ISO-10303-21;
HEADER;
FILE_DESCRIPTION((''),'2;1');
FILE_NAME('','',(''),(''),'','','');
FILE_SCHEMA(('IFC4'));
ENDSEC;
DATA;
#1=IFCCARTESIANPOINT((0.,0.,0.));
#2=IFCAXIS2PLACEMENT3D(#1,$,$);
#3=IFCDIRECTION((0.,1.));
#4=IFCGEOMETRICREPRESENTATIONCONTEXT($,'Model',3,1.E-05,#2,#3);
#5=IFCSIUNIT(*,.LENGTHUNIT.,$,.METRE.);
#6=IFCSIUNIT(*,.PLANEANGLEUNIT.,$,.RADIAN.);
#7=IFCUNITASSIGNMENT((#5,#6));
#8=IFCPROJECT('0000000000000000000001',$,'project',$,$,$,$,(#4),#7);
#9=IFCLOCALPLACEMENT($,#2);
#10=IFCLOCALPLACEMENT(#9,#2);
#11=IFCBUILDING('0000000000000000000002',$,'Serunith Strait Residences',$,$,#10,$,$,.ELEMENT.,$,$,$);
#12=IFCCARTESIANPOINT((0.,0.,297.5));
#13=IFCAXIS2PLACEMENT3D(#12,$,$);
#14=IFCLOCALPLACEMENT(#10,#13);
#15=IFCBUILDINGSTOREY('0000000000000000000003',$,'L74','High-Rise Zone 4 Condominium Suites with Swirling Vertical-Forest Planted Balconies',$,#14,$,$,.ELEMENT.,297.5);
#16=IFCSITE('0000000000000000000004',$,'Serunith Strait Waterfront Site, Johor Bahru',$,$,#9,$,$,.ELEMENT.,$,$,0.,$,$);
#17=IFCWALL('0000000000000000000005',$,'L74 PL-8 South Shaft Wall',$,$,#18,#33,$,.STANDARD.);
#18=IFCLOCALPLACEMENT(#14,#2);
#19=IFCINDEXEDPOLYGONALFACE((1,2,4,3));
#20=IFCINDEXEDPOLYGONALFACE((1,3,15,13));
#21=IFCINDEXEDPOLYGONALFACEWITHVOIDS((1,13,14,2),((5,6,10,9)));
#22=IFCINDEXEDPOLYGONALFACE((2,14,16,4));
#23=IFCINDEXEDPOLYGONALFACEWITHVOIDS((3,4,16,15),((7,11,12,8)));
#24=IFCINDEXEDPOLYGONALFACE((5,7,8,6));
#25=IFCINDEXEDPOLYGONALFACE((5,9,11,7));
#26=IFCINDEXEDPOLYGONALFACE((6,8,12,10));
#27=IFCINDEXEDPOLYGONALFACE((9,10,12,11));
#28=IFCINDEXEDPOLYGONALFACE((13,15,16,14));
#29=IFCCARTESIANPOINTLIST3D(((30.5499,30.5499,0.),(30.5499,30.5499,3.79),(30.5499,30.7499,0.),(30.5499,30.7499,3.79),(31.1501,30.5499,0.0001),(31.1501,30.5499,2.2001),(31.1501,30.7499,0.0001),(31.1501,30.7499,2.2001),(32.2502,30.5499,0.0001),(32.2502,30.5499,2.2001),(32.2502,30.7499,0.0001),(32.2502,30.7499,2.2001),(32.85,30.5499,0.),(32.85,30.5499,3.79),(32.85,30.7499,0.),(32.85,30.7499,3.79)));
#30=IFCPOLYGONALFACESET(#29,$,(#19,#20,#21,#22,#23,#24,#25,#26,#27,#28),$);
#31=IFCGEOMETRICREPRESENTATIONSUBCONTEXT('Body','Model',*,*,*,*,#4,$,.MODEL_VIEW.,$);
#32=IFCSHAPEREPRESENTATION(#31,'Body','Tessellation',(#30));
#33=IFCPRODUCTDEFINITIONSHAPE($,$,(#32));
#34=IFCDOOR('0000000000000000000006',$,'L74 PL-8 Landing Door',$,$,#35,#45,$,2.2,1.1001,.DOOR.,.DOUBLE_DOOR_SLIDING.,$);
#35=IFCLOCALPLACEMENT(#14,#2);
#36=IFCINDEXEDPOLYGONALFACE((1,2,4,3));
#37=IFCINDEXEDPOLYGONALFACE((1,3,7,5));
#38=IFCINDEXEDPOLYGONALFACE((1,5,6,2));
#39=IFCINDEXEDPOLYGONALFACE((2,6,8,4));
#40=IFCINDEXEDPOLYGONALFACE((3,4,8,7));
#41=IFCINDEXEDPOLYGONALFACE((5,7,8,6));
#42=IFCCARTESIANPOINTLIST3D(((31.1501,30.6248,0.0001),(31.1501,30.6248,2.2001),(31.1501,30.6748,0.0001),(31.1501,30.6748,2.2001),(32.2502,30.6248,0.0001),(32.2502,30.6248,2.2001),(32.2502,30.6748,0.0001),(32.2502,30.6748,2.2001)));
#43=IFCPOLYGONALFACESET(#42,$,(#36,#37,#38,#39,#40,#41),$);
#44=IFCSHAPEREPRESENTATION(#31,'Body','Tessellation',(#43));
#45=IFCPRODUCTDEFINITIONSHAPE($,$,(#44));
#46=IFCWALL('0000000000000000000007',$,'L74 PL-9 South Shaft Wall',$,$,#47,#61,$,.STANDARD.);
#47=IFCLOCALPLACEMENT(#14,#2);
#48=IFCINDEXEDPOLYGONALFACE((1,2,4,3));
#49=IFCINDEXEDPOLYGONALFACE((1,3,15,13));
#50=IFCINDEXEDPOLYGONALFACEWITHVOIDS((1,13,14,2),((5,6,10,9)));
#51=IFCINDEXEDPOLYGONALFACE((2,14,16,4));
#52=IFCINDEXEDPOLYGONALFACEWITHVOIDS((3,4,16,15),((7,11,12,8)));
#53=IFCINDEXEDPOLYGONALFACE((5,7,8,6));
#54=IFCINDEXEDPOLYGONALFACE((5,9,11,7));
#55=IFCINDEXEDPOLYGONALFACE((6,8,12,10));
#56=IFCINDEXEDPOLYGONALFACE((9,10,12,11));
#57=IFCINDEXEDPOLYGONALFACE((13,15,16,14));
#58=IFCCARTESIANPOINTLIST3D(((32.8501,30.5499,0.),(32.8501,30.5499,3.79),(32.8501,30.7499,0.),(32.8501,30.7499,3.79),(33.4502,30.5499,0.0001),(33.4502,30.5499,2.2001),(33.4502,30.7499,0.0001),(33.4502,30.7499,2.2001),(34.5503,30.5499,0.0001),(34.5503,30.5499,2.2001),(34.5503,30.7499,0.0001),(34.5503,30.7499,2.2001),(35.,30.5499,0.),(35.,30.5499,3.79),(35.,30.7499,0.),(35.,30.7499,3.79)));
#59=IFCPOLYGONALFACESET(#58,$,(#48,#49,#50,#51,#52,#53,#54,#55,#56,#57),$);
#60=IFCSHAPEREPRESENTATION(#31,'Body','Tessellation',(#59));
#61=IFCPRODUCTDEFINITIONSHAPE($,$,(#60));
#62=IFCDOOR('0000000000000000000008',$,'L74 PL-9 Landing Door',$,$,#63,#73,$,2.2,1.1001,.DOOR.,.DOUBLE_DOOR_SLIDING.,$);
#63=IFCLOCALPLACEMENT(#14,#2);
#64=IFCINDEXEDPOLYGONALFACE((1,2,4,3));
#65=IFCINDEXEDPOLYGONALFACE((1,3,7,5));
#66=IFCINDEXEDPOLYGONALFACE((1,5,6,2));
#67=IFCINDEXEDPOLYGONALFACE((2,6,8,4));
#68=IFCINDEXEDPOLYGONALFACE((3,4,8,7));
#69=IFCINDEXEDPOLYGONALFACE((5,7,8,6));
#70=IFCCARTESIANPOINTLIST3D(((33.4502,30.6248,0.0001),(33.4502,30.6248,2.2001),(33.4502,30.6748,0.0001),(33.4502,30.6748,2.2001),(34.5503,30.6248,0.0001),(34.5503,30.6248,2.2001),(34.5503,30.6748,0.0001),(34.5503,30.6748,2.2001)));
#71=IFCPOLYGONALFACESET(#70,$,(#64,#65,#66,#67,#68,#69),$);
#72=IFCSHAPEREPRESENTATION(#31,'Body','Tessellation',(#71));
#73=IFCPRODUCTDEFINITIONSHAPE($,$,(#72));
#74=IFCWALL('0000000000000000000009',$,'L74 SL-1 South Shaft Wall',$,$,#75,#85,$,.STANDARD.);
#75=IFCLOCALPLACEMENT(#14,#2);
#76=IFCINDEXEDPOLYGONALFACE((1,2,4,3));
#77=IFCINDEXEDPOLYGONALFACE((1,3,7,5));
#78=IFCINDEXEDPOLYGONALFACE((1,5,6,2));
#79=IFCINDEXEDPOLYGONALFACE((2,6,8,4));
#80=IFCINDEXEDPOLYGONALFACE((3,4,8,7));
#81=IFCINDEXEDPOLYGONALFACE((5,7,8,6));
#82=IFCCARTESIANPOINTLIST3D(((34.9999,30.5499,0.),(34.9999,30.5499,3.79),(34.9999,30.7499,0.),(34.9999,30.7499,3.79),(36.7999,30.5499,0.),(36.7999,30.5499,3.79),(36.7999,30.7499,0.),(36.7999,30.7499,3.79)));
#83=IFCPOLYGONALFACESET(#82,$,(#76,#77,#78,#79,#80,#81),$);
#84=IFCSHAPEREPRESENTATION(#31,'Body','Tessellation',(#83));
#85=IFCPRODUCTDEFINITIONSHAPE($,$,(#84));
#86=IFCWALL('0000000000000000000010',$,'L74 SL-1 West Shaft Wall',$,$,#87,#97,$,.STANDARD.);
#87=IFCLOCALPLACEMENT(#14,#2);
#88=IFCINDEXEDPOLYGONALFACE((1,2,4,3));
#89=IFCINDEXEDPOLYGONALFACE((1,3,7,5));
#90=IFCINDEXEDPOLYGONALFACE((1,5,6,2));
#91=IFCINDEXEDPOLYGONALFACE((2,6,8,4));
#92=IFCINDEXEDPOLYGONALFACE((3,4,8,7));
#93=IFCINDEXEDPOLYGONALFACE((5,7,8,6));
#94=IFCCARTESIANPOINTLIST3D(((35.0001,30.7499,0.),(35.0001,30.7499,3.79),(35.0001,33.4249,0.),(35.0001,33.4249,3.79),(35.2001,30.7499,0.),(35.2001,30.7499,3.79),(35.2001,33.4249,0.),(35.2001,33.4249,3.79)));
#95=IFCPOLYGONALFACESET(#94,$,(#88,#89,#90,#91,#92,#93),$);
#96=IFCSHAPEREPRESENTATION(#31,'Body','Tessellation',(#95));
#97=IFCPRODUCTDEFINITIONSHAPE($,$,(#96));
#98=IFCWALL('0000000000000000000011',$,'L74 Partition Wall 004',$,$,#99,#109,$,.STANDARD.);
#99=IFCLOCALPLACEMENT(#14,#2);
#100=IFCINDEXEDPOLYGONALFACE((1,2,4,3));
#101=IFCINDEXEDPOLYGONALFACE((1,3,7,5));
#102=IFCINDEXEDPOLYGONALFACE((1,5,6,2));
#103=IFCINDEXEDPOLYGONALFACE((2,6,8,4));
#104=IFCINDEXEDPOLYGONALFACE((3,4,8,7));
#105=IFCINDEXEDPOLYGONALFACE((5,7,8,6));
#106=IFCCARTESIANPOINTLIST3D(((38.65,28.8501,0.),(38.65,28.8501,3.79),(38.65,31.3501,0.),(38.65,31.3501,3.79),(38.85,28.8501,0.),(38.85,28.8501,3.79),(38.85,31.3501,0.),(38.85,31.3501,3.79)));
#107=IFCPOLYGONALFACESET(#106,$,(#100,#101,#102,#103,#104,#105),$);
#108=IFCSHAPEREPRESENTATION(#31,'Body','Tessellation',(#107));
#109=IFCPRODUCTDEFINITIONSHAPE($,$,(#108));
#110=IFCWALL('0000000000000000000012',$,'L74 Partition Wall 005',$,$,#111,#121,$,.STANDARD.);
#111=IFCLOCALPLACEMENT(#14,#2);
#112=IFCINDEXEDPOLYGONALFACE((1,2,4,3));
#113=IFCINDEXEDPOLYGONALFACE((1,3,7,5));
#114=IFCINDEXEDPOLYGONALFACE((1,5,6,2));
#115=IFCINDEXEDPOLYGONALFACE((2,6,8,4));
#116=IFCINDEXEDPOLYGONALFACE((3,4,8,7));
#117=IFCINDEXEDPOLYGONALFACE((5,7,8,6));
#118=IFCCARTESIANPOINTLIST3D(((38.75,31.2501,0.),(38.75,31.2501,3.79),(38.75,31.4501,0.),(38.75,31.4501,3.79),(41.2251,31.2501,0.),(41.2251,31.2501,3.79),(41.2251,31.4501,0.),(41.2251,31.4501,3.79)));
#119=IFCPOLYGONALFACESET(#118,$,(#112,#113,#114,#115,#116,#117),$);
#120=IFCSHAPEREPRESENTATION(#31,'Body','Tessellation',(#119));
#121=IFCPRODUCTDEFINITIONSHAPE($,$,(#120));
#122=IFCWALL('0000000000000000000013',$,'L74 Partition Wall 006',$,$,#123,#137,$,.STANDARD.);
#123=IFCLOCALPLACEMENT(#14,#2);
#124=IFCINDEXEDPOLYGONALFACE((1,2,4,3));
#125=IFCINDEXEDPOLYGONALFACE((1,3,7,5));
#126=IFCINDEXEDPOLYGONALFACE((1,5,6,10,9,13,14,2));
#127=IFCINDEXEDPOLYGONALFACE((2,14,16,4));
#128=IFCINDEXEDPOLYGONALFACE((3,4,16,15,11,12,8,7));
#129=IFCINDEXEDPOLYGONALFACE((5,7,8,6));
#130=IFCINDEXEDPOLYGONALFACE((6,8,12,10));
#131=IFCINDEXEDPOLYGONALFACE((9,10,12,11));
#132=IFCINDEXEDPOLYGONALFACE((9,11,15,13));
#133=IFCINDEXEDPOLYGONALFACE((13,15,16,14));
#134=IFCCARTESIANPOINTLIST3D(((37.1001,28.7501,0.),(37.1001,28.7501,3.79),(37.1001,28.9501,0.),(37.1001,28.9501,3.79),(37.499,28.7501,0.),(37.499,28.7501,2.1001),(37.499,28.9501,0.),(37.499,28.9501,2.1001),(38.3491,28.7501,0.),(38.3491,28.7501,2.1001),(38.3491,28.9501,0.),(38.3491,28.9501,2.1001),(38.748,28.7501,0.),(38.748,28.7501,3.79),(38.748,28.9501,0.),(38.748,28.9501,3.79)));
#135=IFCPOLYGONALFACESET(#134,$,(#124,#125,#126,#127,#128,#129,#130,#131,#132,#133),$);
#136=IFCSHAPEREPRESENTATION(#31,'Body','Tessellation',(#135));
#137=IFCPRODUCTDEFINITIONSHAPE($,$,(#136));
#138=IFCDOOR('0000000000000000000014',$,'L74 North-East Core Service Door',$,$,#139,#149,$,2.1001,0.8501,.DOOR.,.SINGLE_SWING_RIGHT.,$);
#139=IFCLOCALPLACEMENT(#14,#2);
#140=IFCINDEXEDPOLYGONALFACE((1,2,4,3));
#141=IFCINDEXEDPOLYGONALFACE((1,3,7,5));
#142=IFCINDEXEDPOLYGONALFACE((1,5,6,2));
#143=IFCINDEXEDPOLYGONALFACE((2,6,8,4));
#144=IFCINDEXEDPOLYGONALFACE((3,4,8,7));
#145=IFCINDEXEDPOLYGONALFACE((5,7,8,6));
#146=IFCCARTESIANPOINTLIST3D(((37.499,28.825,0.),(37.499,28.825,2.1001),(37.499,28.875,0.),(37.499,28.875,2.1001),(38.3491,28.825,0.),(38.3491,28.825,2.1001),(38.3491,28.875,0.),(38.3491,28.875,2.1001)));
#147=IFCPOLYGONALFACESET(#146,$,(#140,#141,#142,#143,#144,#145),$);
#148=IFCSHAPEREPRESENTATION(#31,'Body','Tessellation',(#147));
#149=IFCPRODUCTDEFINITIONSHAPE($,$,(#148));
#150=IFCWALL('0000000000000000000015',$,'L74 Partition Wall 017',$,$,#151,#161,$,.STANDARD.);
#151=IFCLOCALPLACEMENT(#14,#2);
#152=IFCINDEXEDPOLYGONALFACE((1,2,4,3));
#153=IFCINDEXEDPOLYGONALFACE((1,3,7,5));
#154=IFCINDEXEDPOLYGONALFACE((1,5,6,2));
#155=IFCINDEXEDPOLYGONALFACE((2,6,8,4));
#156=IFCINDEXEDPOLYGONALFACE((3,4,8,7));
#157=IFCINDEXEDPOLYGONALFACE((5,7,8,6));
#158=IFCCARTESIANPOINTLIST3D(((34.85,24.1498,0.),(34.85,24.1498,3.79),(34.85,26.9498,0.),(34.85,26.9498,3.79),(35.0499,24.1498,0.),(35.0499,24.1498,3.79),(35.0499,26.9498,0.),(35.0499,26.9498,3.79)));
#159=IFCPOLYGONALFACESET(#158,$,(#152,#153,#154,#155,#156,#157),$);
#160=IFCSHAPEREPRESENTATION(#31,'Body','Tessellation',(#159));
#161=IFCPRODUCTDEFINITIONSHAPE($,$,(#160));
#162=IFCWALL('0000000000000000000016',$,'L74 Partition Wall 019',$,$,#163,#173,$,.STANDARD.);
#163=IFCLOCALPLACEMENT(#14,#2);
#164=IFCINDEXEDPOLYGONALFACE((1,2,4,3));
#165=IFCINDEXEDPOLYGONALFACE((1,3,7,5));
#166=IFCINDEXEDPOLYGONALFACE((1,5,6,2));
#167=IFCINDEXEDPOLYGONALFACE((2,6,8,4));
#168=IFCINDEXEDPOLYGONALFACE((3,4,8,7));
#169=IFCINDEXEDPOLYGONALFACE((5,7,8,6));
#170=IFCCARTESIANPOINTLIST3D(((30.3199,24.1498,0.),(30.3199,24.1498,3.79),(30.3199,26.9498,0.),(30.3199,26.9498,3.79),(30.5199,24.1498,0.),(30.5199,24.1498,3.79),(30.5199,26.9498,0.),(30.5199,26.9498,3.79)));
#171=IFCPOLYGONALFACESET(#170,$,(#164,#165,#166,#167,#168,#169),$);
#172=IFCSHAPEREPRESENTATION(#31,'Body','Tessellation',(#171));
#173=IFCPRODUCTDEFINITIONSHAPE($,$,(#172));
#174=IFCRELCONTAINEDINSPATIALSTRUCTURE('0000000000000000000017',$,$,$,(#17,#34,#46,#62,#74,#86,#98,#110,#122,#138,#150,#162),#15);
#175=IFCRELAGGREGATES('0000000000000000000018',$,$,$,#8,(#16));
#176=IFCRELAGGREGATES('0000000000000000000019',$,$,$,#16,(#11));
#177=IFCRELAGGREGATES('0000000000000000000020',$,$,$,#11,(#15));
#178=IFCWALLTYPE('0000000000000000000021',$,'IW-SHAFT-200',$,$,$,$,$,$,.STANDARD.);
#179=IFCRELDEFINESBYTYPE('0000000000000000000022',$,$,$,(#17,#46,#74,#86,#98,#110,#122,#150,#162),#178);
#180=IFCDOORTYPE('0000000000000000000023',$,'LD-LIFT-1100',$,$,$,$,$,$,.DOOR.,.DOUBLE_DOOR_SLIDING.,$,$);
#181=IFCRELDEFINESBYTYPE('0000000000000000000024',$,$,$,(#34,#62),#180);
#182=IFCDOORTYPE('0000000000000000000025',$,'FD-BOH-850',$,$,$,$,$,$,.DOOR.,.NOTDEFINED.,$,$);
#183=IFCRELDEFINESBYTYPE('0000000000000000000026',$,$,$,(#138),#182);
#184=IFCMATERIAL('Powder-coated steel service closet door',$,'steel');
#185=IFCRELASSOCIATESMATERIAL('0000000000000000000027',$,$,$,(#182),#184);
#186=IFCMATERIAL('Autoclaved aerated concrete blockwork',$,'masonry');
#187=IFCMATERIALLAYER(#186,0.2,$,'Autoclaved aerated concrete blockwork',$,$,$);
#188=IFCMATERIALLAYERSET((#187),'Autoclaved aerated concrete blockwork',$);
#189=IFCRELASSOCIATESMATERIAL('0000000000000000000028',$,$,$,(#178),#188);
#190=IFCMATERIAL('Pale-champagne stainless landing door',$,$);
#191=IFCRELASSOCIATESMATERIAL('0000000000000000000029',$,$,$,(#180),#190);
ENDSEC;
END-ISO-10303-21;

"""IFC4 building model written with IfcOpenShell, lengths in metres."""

from ifc_helpers import new_model, si_unit, direction, frame, frame_2d, origin, place, context, subcontext, project, spatial, rectangle, extrude, source, transform, mapped, material, layer, layer_set, type_object, element, fill, save


model = new_model("IFC4")

# Units and contexts
model_context = context("Model", 3, precision=1e-05, world=origin(), true_north=direction((0.0, 1.0)))
body_context = subcontext(model_context, "Body", "Model", "MODEL_VIEW")
ifc_project = project(units=[si_unit("LENGTHUNIT", "METRE"), si_unit("PLANEANGLEUNIT", "RADIAN")], contexts=[model_context])

# Site, building, storey
site_placement = place(None, origin())
site = spatial("IfcSite", under=ifc_project, at=site_placement, Name="Serunith Strait Waterfront Site, Johor Bahru", CompositionType="ELEMENT", RefElevation=0.0)
building_placement = place(site_placement, origin())
building = spatial("IfcBuilding", under=site, at=building_placement, Name="Serunith Strait Residences", CompositionType="ELEMENT")
storey_placement = place(building_placement, frame((0.0, 0.0, 297.5)))
storey = spatial("IfcBuildingStorey", under=building, at=storey_placement, Name="L74", Description="High-Rise Zone 4 Condominium Suites with Swirling Vertical-Forest Planted Balconies", CompositionType="ELEMENT", Elevation=297.5)

# Walls, openings, doors
ifc_material_1 = material(Name="Powder-coated steel service closet door", Category="steel")
door_type_1 = type_object("IfcDoorType", Name="FD-BOH-850", OperationType="NOTDEFINED", PredefinedType="DOOR", material=ifc_material_1)
shared_shape_1 = source(origin(), body_context, "Body", "SweptSolid", [
    extrude(rectangle(XDim=0.8501, YDim=2.1001, at=frame_2d((0.425, 1.05))), frame((0.0, 0.0249, 0.0), z_axis=(0.0, -1.0, 0.0), x_axis=(1.0, 0.0, 0.0)), (0.0, 0.0, 1.0), 0.05),
])
ifc_material_2 = material(Name="Autoclaved aerated concrete blockwork", Category="masonry")
ifc_layer_1 = layer(ifc_material_2, 0.2, Name="Autoclaved aerated concrete blockwork")
ifc_layer_set_1 = layer_set([ifc_layer_1], Name="Autoclaved aerated concrete blockwork")
wall_type_1 = type_object("IfcWallType", Name="IW-SHAFT-200", PredefinedType="STANDARD", material=ifc_layer_set_1)
wall_1_placement = place(storey_placement, frame((30.55, 30.6499, 0.0), z_axis=(0.0, 0.0, 1.0), x_axis=(1.0, 0.0, 0.0)))
wall_1 = element("IfcWall", 1, at=wall_1_placement, inside=storey, type_object=wall_type_1, Name="L74 PL-8 South Shaft Wall", PredefinedType="STANDARD", context=body_context, shape_type="SweptSolid", body=[
    extrude(rectangle(XDim=2.3, YDim=0.2, at=frame_2d((1.1499, 0.0))), origin(), (0.0, 0.0, 1.0), 3.79),
])
opening_1_placement = place(wall_1_placement, frame((0.6001, 0.0, 0.0)))
opening_1 = element("IfcOpeningElement", 2, at=opening_1_placement, cuts=wall_1, PredefinedType="OPENING", context=body_context, shape_type="SweptSolid", body=[
    extrude(rectangle(XDim=1.1001, YDim=2.2, at=frame_2d((0.55, 1.1001))), frame((0.0, 0.1099, 0.0), z_axis=(0.0, -1.0, 0.0), x_axis=(1.0, 0.0, 0.0)), (0.0, 0.0, 1.0), 0.22),
])
ifc_material_3 = material(Name="Pale-champagne stainless landing door")
door_type_2 = type_object("IfcDoorType", Name="LD-LIFT-1100", OperationType="DOUBLE_DOOR_SLIDING", PredefinedType="DOOR", material=ifc_material_3)
shared_shape_2 = source(origin(), body_context, "Body", "SweptSolid", [
    extrude(rectangle(XDim=1.1001, YDim=2.2, at=frame_2d((0.55, 1.1001))), frame((0.0, 0.0249, 0.0), z_axis=(0.0, -1.0, 0.0), x_axis=(1.0, 0.0, 0.0)), (0.0, 0.0, 1.0), 0.05),
])
door_1_placement = place(opening_1_placement, origin())
door_1 = element("IfcDoor", 3, at=door_1_placement, inside=storey, type_object=door_type_2, Name="L74 PL-8 Landing Door", OperationType="DOUBLE_DOOR_SLIDING", OverallHeight=2.2, OverallWidth=1.1001, PredefinedType="DOOR", context=body_context, shape_type="MappedRepresentation", body=[
    mapped(shared_shape_2, transform((0.0, 0.0, 0.0), scale=1.0)),
])
fill(opening_1, door_1)
wall_2_placement = place(storey_placement, frame((32.8501, 30.6499, 0.0), z_axis=(0.0, 0.0, 1.0), x_axis=(1.0, 0.0, 0.0)))
wall_2 = element("IfcWall", 4, at=wall_2_placement, inside=storey, type_object=wall_type_1, Name="L74 PL-9 South Shaft Wall", PredefinedType="STANDARD", context=body_context, shape_type="SweptSolid", body=[
    extrude(rectangle(XDim=2.1499, YDim=0.2, at=frame_2d((1.075, 0.0))), origin(), (0.0, 0.0, 1.0), 3.79),
])
opening_2_placement = place(wall_2_placement, frame((0.6001, 0.0, 0.0)))
opening_2 = element("IfcOpeningElement", 5, at=opening_2_placement, cuts=wall_2, PredefinedType="OPENING", context=body_context, shape_type="SweptSolid", body=[
    extrude(rectangle(XDim=1.1001, YDim=2.2, at=frame_2d((0.55, 1.1001))), frame((0.0, 0.1099, 0.0), z_axis=(0.0, -1.0, 0.0), x_axis=(1.0, 0.0, 0.0)), (0.0, 0.0, 1.0), 0.22),
])
door_2_placement = place(opening_2_placement, origin())
door_2 = element("IfcDoor", 6, at=door_2_placement, inside=storey, type_object=door_type_2, Name="L74 PL-9 Landing Door", OperationType="DOUBLE_DOOR_SLIDING", OverallHeight=2.2, OverallWidth=1.1001, PredefinedType="DOOR", context=body_context, shape_type="MappedRepresentation", body=[
    mapped(shared_shape_2, transform((0.0, 0.0, 0.0), scale=1.0)),
])
fill(opening_2, door_2)

# Walls
wall_3_placement = place(storey_placement, frame((35.0, 30.6499, 0.0), z_axis=(0.0, 0.0, 1.0), x_axis=(1.0, 0.0, 0.0)))
element("IfcWall", 7, at=wall_3_placement, inside=storey, type_object=wall_type_1, Name="L74 SL-1 South Shaft Wall", PredefinedType="STANDARD", context=body_context, shape_type="SweptSolid", body=[
    extrude(rectangle(XDim=1.8, YDim=0.2, at=frame_2d((0.8999, 0.0))), origin(), (0.0, 0.0, 1.0), 3.79),
])
wall_4_placement = place(storey_placement, frame((35.1001, 30.75, 0.0), z_axis=(0.0, 0.0, 1.0), x_axis=(0.0, 1.0, 0.0)))
element("IfcWall", 8, at=wall_4_placement, inside=storey, type_object=wall_type_1, Name="L74 SL-1 West Shaft Wall", PredefinedType="STANDARD", context=body_context, shape_type="SweptSolid", body=[
    extrude(rectangle(XDim=2.675, YDim=0.2, at=frame_2d((1.3374, 0.0))), origin(), (0.0, 0.0, 1.0), 3.79),
])
wall_5_placement = place(storey_placement, frame((38.75, 28.8501, 0.0), z_axis=(0.0, 0.0, 1.0), x_axis=(0.0, 1.0, 0.0)))
element("IfcWall", 9, at=wall_5_placement, inside=storey, type_object=wall_type_1, Name="L74 Partition Wall 004", PredefinedType="STANDARD", context=body_context, shape_type="SweptSolid", body=[
    extrude(rectangle(XDim=2.5, YDim=0.2, at=frame_2d((1.25, 0.0))), origin(), (0.0, 0.0, 1.0), 3.79),
])
wall_6_placement = place(storey_placement, frame((38.75, 31.3501, 0.0), z_axis=(0.0, 0.0, 1.0), x_axis=(1.0, 0.0, 0.0)))
element("IfcWall", 10, at=wall_6_placement, inside=storey, type_object=wall_type_1, Name="L74 Partition Wall 005", PredefinedType="STANDARD", context=body_context, shape_type="SweptSolid", body=[
    extrude(rectangle(XDim=2.4751, YDim=0.2, at=frame_2d((1.2375, 0.0))), origin(), (0.0, 0.0, 1.0), 3.79),
])

# Wall, opening, door
wall_7_placement = place(storey_placement, frame((37.1001, 28.8501, 0.0), z_axis=(0.0, 0.0, 1.0), x_axis=(1.0, 0.0, 0.0)))
wall_7 = element("IfcWall", 11, at=wall_7_placement, inside=storey, type_object=wall_type_1, Name="L74 Partition Wall 006", PredefinedType="STANDARD", context=body_context, shape_type="SweptSolid", body=[
    extrude(rectangle(XDim=1.6479, YDim=0.2, at=frame_2d((0.824, 0.0))), origin(), (0.0, 0.0, 1.0), 3.79),
])
opening_3_placement = place(wall_7_placement, frame((0.3989, 0.0, 0.0)))
opening_3 = element("IfcOpeningElement", 12, at=opening_3_placement, cuts=wall_7, PredefinedType="OPENING", context=body_context, shape_type="SweptSolid", body=[
    extrude(rectangle(XDim=0.8501, YDim=2.1001, at=frame_2d((0.425, 1.05))), frame((0.0, 0.1099, 0.0), z_axis=(0.0, -1.0, 0.0), x_axis=(1.0, 0.0, 0.0)), (0.0, 0.0, 1.0), 0.22),
])
door_3_placement = place(opening_3_placement, origin())
door_3 = element("IfcDoor", 13, at=door_3_placement, inside=storey, type_object=door_type_1, Name="L74 North-East Core Service Door", OperationType="SINGLE_SWING_RIGHT", OverallHeight=2.1001, OverallWidth=0.8501, PredefinedType="DOOR", context=body_context, shape_type="MappedRepresentation", body=[
    mapped(shared_shape_1, transform((0.0, 0.0, 0.0), scale=1.0)),
])
fill(opening_3, door_3)

# Walls
for number, where, z_axis, x_axis, name in (
    (14, (34.95, 24.1499, 0.0), (0.0, 0.0, 1.0), (0.0, 1.0, 0.0), "L74 Partition Wall 017"),
    (15, (30.4199, 24.1499, 0.0), (0.0, 0.0, 1.0), (0.0, 1.0, 0.0), "L74 Partition Wall 019"),
):
    element("IfcWall", number, at=place(storey_placement, frame(where, z_axis=z_axis, x_axis=x_axis)), inside=storey, type_object=wall_type_1, Name=name, PredefinedType="STANDARD", context=body_context, shape_type="SweptSolid", body=[
        extrude(rectangle(XDim=2.8, YDim=0.2, at=frame_2d((1.3999, 0.0))), origin(), (0.0, 0.0, 1.0), 3.79),
    ])

save(model, "model.ifc")
